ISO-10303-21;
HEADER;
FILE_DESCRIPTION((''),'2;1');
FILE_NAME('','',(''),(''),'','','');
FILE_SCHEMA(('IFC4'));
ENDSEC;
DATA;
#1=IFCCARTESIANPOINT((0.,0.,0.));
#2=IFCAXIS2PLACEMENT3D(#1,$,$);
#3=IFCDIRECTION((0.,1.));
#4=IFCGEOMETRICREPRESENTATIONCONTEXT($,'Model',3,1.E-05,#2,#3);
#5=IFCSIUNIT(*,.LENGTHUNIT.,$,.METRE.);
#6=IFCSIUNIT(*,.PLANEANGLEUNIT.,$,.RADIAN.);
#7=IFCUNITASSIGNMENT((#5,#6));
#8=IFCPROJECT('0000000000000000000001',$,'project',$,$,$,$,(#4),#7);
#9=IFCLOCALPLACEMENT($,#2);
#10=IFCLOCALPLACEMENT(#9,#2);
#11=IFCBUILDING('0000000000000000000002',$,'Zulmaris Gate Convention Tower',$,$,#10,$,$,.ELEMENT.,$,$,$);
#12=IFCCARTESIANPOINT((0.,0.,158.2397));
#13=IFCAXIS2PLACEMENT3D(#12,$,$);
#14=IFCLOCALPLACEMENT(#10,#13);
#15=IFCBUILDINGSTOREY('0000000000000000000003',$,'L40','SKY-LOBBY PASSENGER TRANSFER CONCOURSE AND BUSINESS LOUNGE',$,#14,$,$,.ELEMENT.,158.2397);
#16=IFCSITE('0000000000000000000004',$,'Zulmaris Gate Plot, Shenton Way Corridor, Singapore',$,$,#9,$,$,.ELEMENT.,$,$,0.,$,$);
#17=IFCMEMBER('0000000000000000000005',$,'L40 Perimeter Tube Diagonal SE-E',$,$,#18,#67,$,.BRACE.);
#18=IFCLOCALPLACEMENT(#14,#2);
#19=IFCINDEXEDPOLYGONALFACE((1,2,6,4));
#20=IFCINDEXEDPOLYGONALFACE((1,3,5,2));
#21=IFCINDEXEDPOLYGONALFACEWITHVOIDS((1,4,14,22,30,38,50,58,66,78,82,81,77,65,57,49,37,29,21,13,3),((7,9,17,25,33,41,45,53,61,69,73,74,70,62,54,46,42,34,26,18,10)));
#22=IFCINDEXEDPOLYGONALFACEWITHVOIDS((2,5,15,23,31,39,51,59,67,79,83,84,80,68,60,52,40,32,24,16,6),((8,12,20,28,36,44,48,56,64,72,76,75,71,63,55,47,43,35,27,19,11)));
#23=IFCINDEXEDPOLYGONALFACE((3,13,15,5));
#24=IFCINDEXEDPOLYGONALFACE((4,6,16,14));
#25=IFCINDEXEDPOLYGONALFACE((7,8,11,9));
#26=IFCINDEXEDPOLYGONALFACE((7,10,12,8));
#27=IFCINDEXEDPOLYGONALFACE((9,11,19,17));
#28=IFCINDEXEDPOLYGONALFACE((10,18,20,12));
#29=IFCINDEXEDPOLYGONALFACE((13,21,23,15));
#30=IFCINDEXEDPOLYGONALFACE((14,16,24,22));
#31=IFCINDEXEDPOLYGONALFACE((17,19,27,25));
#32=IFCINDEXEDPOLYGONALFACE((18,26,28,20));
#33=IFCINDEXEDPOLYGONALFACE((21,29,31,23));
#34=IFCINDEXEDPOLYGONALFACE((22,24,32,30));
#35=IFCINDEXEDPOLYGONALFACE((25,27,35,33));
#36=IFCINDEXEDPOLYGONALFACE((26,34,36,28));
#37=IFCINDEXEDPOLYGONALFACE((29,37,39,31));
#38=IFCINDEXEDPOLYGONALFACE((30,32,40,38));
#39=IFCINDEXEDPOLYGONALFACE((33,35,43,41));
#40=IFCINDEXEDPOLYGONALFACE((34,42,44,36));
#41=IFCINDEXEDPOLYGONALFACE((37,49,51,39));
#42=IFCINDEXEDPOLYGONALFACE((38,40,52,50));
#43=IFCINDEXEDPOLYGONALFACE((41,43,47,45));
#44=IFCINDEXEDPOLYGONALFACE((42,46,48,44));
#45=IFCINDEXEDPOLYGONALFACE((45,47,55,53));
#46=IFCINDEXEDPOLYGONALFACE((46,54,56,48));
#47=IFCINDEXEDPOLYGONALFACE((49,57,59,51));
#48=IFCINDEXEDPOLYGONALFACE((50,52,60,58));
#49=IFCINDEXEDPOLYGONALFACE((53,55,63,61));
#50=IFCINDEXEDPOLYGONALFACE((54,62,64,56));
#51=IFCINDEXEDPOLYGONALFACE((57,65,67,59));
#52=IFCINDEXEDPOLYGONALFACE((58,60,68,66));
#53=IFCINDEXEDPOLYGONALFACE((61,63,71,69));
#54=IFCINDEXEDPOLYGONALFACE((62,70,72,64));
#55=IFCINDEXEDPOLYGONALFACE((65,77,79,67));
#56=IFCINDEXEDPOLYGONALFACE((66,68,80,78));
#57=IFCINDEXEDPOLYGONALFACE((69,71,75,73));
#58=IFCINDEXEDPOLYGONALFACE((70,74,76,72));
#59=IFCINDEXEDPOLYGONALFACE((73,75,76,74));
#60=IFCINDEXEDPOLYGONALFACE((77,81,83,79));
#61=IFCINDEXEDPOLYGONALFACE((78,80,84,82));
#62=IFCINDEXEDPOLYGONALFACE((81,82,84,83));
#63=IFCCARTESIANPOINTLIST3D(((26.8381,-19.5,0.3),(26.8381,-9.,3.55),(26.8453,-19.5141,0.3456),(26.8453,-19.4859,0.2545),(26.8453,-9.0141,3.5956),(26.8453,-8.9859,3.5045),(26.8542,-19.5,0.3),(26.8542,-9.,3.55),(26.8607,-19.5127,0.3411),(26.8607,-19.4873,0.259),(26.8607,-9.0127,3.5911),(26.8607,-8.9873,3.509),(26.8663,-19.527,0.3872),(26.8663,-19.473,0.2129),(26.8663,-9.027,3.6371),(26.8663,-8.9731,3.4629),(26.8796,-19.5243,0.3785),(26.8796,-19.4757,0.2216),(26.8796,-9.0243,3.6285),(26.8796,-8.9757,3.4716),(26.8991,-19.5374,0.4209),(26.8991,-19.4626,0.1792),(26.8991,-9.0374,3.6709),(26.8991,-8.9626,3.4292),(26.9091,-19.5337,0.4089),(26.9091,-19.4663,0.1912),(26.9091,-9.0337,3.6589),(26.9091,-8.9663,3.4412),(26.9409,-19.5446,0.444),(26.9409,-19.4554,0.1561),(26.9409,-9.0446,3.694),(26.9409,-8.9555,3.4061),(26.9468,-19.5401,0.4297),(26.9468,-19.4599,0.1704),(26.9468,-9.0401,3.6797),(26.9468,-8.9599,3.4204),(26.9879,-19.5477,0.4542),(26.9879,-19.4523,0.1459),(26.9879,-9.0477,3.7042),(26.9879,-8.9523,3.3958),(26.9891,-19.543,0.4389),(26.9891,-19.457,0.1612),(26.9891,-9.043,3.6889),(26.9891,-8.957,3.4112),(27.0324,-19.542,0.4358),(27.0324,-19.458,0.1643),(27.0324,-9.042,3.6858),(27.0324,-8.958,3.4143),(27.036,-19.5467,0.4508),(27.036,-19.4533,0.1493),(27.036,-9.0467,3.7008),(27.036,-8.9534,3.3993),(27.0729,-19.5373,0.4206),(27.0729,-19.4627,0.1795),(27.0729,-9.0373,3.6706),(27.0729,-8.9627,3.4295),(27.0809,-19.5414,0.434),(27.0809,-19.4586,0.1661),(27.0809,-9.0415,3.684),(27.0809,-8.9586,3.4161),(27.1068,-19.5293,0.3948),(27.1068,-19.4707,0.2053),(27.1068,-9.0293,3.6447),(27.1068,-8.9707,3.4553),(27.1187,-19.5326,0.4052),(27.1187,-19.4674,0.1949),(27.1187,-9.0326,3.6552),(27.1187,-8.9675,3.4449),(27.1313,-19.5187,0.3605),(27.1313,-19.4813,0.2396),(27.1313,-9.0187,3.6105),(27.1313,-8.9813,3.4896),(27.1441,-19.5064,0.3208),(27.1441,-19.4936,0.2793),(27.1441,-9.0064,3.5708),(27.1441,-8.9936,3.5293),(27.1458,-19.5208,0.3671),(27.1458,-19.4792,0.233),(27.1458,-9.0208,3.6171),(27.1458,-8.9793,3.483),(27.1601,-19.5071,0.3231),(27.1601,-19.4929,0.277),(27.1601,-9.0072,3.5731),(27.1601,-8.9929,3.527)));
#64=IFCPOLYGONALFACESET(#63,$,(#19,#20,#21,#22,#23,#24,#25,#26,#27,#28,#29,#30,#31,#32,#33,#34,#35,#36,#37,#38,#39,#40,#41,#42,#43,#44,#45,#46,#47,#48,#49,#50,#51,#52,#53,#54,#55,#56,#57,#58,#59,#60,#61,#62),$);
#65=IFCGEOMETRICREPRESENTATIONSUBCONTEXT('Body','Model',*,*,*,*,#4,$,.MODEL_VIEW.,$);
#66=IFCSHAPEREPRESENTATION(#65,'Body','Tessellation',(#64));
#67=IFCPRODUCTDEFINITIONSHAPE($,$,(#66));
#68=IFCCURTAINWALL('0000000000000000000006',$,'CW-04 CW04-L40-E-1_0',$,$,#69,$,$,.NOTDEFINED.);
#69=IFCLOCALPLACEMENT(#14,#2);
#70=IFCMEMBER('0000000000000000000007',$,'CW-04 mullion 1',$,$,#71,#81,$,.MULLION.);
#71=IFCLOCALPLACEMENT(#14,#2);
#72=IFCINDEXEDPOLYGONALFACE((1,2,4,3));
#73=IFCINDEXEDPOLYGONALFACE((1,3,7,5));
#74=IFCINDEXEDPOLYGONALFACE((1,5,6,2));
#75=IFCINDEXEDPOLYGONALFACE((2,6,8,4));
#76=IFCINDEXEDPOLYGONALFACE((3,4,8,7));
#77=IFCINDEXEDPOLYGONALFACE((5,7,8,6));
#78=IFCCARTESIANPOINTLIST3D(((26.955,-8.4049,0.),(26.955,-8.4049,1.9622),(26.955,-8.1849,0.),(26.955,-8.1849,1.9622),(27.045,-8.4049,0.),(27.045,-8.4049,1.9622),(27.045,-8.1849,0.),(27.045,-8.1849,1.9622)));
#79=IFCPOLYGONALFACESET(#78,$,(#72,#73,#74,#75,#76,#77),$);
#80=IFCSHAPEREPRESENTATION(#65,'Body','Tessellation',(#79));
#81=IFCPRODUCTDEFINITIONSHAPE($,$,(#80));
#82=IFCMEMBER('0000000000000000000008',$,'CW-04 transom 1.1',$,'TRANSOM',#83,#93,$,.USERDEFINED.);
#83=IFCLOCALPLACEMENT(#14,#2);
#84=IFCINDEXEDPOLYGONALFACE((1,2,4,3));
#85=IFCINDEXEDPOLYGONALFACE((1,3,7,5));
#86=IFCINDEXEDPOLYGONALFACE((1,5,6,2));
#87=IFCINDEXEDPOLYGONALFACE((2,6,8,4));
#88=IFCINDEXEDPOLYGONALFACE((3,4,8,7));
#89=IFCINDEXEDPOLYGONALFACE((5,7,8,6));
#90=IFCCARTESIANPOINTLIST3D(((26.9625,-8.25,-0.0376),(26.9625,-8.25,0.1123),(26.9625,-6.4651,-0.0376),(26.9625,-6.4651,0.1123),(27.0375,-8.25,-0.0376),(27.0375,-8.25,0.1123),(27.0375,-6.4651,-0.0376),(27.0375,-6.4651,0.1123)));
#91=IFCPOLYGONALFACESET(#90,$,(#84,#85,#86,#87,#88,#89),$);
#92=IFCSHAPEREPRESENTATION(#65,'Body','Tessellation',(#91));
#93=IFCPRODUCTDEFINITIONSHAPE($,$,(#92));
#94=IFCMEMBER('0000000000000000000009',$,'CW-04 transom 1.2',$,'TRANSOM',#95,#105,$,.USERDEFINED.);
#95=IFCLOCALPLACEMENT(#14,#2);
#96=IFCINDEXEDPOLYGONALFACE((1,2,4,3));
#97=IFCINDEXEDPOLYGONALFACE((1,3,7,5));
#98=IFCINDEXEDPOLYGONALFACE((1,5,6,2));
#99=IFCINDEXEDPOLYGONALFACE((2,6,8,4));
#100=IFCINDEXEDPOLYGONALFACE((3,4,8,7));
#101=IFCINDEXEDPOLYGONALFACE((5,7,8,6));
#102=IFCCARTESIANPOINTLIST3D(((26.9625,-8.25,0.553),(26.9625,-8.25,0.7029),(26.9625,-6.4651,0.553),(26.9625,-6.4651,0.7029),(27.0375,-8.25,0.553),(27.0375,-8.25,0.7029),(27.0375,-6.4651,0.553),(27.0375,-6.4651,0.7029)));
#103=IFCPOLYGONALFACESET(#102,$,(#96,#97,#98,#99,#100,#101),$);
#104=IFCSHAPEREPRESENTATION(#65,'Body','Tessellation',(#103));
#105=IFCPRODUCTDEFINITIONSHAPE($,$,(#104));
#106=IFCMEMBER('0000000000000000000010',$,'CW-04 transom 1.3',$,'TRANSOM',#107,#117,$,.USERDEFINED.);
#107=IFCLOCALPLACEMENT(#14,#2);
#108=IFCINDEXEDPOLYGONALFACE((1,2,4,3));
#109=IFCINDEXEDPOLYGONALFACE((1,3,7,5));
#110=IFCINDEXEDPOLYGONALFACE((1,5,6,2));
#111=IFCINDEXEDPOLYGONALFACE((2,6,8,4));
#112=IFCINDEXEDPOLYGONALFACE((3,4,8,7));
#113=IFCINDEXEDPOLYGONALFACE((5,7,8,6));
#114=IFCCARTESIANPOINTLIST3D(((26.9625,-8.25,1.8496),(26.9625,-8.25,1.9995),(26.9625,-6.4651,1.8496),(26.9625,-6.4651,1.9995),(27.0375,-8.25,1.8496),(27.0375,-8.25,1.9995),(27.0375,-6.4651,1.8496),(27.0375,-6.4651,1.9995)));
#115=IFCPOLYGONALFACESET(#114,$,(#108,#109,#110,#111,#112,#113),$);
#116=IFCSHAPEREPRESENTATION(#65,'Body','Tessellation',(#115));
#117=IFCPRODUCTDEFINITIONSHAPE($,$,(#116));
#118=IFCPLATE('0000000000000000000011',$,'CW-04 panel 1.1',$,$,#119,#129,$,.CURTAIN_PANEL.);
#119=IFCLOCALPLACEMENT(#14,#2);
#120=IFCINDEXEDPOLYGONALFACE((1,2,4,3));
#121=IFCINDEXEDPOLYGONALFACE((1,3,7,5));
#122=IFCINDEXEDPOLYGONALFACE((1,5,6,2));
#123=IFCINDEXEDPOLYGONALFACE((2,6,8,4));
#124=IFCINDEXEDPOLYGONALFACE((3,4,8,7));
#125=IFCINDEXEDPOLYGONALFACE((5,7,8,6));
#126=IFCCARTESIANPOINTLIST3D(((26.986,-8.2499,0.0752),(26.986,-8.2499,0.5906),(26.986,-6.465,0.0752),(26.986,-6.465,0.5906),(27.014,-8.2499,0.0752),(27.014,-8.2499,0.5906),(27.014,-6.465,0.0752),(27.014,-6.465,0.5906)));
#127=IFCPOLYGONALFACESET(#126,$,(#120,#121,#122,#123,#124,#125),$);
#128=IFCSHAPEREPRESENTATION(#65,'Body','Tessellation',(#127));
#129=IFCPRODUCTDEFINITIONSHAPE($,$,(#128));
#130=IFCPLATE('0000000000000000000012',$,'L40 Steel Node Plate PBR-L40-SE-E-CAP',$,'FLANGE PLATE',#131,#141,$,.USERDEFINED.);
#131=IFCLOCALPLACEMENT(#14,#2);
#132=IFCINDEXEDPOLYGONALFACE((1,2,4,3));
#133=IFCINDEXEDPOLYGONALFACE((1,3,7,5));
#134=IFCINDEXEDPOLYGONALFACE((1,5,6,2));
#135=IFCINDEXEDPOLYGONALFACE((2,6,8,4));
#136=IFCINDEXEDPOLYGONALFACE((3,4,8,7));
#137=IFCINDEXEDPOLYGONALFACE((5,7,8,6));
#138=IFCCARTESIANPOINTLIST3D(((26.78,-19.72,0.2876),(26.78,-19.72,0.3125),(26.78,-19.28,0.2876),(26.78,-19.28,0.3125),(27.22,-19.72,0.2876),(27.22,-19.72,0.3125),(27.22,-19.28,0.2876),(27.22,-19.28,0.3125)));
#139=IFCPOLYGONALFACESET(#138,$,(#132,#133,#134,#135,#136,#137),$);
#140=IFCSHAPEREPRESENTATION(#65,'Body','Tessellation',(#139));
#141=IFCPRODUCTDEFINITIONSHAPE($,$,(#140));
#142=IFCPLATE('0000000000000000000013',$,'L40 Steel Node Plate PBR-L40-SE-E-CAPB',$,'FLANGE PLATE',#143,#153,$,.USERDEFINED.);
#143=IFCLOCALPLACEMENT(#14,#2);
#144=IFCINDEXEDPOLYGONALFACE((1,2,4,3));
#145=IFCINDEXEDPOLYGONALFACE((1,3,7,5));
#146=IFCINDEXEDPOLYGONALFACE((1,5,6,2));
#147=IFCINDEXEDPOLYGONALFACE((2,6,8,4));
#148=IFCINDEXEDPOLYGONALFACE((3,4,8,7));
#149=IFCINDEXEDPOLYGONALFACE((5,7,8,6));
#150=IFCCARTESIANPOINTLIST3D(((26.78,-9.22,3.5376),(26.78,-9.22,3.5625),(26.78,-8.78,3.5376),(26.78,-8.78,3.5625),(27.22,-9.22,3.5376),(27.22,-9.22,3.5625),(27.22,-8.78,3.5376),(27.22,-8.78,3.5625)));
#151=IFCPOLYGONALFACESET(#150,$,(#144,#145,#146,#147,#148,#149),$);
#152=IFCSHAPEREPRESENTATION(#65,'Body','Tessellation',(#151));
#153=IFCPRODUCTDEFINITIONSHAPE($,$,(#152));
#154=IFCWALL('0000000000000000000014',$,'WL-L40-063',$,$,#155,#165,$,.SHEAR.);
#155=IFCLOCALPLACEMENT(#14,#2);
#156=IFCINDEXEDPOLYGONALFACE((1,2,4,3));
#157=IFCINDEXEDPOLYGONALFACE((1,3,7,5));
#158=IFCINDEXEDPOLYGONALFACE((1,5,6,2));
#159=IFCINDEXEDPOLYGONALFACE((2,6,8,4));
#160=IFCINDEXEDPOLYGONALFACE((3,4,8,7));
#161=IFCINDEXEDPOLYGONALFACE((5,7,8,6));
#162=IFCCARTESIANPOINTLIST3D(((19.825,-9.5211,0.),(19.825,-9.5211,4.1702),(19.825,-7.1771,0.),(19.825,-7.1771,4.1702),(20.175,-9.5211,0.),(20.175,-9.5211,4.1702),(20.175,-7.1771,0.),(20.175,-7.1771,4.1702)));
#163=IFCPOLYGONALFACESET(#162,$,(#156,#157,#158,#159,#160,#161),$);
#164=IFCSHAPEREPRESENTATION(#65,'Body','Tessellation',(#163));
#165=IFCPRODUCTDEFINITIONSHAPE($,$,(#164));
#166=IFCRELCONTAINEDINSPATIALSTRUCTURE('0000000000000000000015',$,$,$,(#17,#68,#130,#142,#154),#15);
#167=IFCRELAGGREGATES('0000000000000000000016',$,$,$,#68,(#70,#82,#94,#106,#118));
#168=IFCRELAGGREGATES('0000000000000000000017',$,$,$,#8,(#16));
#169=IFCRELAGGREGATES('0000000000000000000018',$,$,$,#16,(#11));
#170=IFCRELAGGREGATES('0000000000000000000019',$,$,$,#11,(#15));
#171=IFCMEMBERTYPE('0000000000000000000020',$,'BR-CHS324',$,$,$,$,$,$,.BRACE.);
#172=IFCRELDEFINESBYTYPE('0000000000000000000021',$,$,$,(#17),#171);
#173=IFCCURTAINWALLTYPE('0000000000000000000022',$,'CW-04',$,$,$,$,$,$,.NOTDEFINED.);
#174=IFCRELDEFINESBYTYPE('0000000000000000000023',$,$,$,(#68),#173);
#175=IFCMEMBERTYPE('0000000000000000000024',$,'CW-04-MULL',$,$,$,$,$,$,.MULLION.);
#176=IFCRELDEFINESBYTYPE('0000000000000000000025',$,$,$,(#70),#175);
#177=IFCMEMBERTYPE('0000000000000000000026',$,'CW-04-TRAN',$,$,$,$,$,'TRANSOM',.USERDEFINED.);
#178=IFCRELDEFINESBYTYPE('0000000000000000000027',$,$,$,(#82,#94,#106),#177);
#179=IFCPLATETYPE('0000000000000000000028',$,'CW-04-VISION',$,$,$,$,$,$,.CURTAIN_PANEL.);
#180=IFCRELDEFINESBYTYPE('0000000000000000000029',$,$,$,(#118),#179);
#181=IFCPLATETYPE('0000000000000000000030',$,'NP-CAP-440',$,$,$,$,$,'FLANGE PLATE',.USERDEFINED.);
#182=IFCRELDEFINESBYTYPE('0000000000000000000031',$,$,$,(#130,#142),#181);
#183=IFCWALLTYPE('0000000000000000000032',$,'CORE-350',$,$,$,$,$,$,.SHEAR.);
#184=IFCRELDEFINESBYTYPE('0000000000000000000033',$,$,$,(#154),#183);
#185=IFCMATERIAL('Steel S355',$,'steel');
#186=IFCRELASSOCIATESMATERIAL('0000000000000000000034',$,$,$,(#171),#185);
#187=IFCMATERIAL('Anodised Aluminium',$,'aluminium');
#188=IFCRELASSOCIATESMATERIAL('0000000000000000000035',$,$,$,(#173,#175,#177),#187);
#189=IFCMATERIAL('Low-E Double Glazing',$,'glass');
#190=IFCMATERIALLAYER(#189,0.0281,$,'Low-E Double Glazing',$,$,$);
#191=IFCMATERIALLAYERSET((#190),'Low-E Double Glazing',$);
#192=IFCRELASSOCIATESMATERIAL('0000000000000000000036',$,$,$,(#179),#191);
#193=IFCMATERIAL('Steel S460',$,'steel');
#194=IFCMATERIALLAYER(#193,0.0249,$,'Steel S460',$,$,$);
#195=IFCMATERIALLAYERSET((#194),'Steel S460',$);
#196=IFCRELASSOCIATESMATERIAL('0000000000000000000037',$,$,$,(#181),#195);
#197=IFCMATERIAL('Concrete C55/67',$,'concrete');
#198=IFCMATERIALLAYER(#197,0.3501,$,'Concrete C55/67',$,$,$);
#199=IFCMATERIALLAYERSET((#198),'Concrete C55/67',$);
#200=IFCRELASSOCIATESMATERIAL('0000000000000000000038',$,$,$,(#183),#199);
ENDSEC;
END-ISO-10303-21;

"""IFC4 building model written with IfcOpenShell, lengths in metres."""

from ifc_helpers import new_model, si_unit, direction, frame, frame_2d, origin, origin_2d, place, context, subcontext, project, spatial, rectangle, hollow_circle, extrude, material, layer, layer_set, material_profile, profile_set, type_object, element, aggregate, save


model = new_model("IFC4")

# Units and contexts
model_context = context("Model", 3, precision=1e-05, world=origin(), true_north=direction((0.0, 1.0)))
body_context = subcontext(model_context, "Body", "Model", "MODEL_VIEW")
ifc_project = project(units=[si_unit("LENGTHUNIT", "METRE"), si_unit("PLANEANGLEUNIT", "RADIAN")], contexts=[model_context])

# Site, building, storey
site_placement = place(None, origin())
site = spatial("IfcSite", under=ifc_project, at=site_placement, Name="Zulmaris Gate Plot, Shenton Way Corridor, Singapore", CompositionType="ELEMENT", RefElevation=0.0)
building_placement = place(site_placement, origin())
building = spatial("IfcBuilding", under=site, at=building_placement, Name="Zulmaris Gate Convention Tower", CompositionType="ELEMENT")
storey_placement = place(building_placement, frame((0.0, 0.0, 158.2397)))
storey = spatial("IfcBuildingStorey", under=building, at=storey_placement, Name="L40", Description="SKY-LOBBY PASSENGER TRANSFER CONCOURSE AND BUSINESS LOUNGE", CompositionType="ELEMENT", Elevation=158.2397)

# Shared definitions
ifc_material_1 = material(Name="Steel S355", Category="steel")

# Member
ifc_material_profile_1 = material_profile(ifc_material_1, hollow_circle(Radius=0.1619, WallThickness=0.0161, at=origin_2d()), Name="CHS 323.9x16")
ifc_profile_set_1 = profile_set([ifc_material_profile_1], Name="Steel S355")
member_type_1 = type_object("IfcMemberType", Name="BR-CHS324", PredefinedType="BRACE", material=ifc_profile_set_1)
member_1_placement = place(storey_placement, frame((27.0, -19.5, 0.3), z_axis=(0.0, 0.955286, 0.295684), x_axis=(-1.0, 0.0, 0.0)))
element("IfcMember", 1, at=member_1_placement, inside=storey, type_object=member_type_1, Name="L40 Perimeter Tube Diagonal SE-E", PredefinedType="BRACE", context=body_context, shape_type="SweptSolid", body=[
    extrude(hollow_circle(Radius=0.1619, WallThickness=0.0161, at=origin_2d()), origin(), (0.0, 0.0, 1.0), 10.9915),
])

# Curtain wall, members, plate
ifc_material_2 = material(Name="Anodised Aluminium", Category="aluminium")
curtain_wall_type = type_object("IfcCurtainWallType", Name="CW-04", PredefinedType="NOTDEFINED", material=ifc_material_2)
curtain_wall_placement = place(storey_placement, origin())
curtain_wall = element("IfcCurtainWall", 2, at=curtain_wall_placement, inside=storey, type_object=curtain_wall_type, Name="CW-04 CW04-L40-E-1_0", PredefinedType="NOTDEFINED")
ifc_material_profile_2 = material_profile(ifc_material_2, rectangle(XDim=0.0901, YDim=0.22, at=origin_2d()), Name="ALU MULLION 90x220")
ifc_profile_set_2 = profile_set([ifc_material_profile_2], Name="Anodised Aluminium")
member_type_2 = type_object("IfcMemberType", Name="CW-04-MULL", PredefinedType="MULLION", material=ifc_profile_set_2)
member_2_placement = place(storey_placement, frame((27.0, -8.2949, 0.0), z_axis=(0.0, 0.0, 1.0), x_axis=(-1.0, 0.0, 0.0)))
member_2 = element("IfcMember", 3, at=member_2_placement, type_object=member_type_2, Name="CW-04 mullion 1", PredefinedType="MULLION", context=body_context, shape_type="SweptSolid", body=[
    extrude(rectangle(XDim=0.0901, YDim=0.22, at=origin_2d()), origin(), (0.0, 0.0, 1.0), 1.9622),
])
ifc_material_profile_3 = material_profile(ifc_material_2, rectangle(XDim=0.075, YDim=0.1499, at=origin_2d()), Name="ALU TRANSOM 75x150")
ifc_profile_set_3 = profile_set([ifc_material_profile_3], Name="Anodised Aluminium")
member_type_3 = type_object("IfcMemberType", Name="CW-04-TRAN", ElementType="TRANSOM", PredefinedType="USERDEFINED", material=ifc_profile_set_3)
member_3_placement = place(storey_placement, frame((27.0, -8.25, 0.0374), z_axis=(0.0, 1.0, 0.0), x_axis=(-1.0, 0.0, 0.0)))
member_3 = element("IfcMember", 4, at=member_3_placement, type_object=member_type_3, Name="CW-04 transom 1.1", ObjectType="TRANSOM", PredefinedType="USERDEFINED", context=body_context, shape_type="SweptSolid", body=[
    extrude(rectangle(XDim=0.075, YDim=0.1499, at=origin_2d()), origin(), (0.0, 0.0, 1.0), 1.7849),
])
member_4_placement = place(storey_placement, frame((27.0, -8.25, 0.6279), z_axis=(0.0, 1.0, 0.0), x_axis=(-1.0, 0.0, 0.0)))
member_4 = element("IfcMember", 5, at=member_4_placement, type_object=member_type_3, Name="CW-04 transom 1.2", ObjectType="TRANSOM", PredefinedType="USERDEFINED", context=body_context, shape_type="SweptSolid", body=[
    extrude(rectangle(XDim=0.075, YDim=0.1499, at=origin_2d()), origin(), (0.0, 0.0, 1.0), 1.7849),
])
member_5_placement = place(storey_placement, frame((27.0, -8.25, 1.9246), z_axis=(0.0, 1.0, 0.0), x_axis=(-1.0, 0.0, 0.0)))
member_5 = element("IfcMember", 6, at=member_5_placement, type_object=member_type_3, Name="CW-04 transom 1.3", ObjectType="TRANSOM", PredefinedType="USERDEFINED", context=body_context, shape_type="SweptSolid", body=[
    extrude(rectangle(XDim=0.075, YDim=0.1499, at=origin_2d()), origin(), (0.0, 0.0, 1.0), 1.7849),
])
ifc_material_3 = material(Name="Low-E Double Glazing", Category="glass")
ifc_layer_1 = layer(ifc_material_3, 0.0281, Name="Low-E Double Glazing")
ifc_layer_set_1 = layer_set([ifc_layer_1], Name="Low-E Double Glazing")
plate_type_1 = type_object("IfcPlateType", Name="CW-04-VISION", PredefinedType="CURTAIN_PANEL", material=ifc_layer_set_1)
plate_placement = place(storey_placement, frame((27.0, -7.3574, 0.0752), z_axis=(0.0, 0.0, 1.0), x_axis=(0.0, 1.0, 0.0)))
plate = element("IfcPlate", 7, at=plate_placement, type_object=plate_type_1, Name="CW-04 panel 1.1", PredefinedType="CURTAIN_PANEL", context=body_context, shape_type="SweptSolid", body=[
    extrude(rectangle(XDim=1.7849, YDim=0.0281, at=origin_2d()), origin(), (0.0, 0.0, 1.0), 0.5154),
])
aggregate(curtain_wall, [member_2, member_3, member_4, member_5, plate])

# Plates
ifc_material_4 = material(Name="Steel S460", Category="steel")
ifc_layer_2 = layer(ifc_material_4, 0.0249, Name="Steel S460")
ifc_layer_set_2 = layer_set([ifc_layer_2], Name="Steel S460")
plate_type_2 = type_object("IfcPlateType", Name="NP-CAP-440", ElementType="FLANGE PLATE", PredefinedType="USERDEFINED", material=ifc_layer_set_2)
for number, where, z_axis, x_axis, name in (
    (8, (27.0, -19.5, 0.2876), (0.0, 0.0, 1.0), (1.0, 0.0, 0.0), "L40 Steel Node Plate PBR-L40-SE-E-CAP"),
    (9, (27.0, -9.0, 3.5376), (0.0, 0.0, 1.0), (1.0, 0.0, 0.0), "L40 Steel Node Plate PBR-L40-SE-E-CAPB"),
):
    element("IfcPlate", number, at=place(storey_placement, frame(where, z_axis=z_axis, x_axis=x_axis)), inside=storey, type_object=plate_type_2, Name=name, ObjectType="FLANGE PLATE", PredefinedType="USERDEFINED", context=body_context, shape_type="SweptSolid", body=[
        extrude(rectangle(XDim=0.4399, YDim=0.4399, at=origin_2d()), origin(), (0.0, 0.0, 1.0), 0.0249),
    ])

# Wall
ifc_material_5 = material(Name="Concrete C55/67", Category="concrete")
ifc_layer_3 = layer(ifc_material_5, 0.3501, Name="Concrete C55/67")
ifc_layer_set_3 = layer_set([ifc_layer_3], Name="Concrete C55/67")
wall_type_1 = type_object("IfcWallType", Name="CORE-350", PredefinedType="SHEAR", material=ifc_layer_set_3)
wall_1_placement = place(storey_placement, frame((20.0, -9.521, 0.0), z_axis=(0.0, 0.0, 1.0), x_axis=(0.0, 1.0, 0.0)))
element("IfcWall", 10, at=wall_1_placement, inside=storey, type_object=wall_type_1, Name="WL-L40-063", PredefinedType="SHEAR", context=body_context, shape_type="SweptSolid", body=[
    extrude(rectangle(XDim=2.344, YDim=0.3501, at=frame_2d((1.1719, 0.0))), origin(), (0.0, 0.0, 1.0), 4.1702),
])

save(model, "model.ifc")
